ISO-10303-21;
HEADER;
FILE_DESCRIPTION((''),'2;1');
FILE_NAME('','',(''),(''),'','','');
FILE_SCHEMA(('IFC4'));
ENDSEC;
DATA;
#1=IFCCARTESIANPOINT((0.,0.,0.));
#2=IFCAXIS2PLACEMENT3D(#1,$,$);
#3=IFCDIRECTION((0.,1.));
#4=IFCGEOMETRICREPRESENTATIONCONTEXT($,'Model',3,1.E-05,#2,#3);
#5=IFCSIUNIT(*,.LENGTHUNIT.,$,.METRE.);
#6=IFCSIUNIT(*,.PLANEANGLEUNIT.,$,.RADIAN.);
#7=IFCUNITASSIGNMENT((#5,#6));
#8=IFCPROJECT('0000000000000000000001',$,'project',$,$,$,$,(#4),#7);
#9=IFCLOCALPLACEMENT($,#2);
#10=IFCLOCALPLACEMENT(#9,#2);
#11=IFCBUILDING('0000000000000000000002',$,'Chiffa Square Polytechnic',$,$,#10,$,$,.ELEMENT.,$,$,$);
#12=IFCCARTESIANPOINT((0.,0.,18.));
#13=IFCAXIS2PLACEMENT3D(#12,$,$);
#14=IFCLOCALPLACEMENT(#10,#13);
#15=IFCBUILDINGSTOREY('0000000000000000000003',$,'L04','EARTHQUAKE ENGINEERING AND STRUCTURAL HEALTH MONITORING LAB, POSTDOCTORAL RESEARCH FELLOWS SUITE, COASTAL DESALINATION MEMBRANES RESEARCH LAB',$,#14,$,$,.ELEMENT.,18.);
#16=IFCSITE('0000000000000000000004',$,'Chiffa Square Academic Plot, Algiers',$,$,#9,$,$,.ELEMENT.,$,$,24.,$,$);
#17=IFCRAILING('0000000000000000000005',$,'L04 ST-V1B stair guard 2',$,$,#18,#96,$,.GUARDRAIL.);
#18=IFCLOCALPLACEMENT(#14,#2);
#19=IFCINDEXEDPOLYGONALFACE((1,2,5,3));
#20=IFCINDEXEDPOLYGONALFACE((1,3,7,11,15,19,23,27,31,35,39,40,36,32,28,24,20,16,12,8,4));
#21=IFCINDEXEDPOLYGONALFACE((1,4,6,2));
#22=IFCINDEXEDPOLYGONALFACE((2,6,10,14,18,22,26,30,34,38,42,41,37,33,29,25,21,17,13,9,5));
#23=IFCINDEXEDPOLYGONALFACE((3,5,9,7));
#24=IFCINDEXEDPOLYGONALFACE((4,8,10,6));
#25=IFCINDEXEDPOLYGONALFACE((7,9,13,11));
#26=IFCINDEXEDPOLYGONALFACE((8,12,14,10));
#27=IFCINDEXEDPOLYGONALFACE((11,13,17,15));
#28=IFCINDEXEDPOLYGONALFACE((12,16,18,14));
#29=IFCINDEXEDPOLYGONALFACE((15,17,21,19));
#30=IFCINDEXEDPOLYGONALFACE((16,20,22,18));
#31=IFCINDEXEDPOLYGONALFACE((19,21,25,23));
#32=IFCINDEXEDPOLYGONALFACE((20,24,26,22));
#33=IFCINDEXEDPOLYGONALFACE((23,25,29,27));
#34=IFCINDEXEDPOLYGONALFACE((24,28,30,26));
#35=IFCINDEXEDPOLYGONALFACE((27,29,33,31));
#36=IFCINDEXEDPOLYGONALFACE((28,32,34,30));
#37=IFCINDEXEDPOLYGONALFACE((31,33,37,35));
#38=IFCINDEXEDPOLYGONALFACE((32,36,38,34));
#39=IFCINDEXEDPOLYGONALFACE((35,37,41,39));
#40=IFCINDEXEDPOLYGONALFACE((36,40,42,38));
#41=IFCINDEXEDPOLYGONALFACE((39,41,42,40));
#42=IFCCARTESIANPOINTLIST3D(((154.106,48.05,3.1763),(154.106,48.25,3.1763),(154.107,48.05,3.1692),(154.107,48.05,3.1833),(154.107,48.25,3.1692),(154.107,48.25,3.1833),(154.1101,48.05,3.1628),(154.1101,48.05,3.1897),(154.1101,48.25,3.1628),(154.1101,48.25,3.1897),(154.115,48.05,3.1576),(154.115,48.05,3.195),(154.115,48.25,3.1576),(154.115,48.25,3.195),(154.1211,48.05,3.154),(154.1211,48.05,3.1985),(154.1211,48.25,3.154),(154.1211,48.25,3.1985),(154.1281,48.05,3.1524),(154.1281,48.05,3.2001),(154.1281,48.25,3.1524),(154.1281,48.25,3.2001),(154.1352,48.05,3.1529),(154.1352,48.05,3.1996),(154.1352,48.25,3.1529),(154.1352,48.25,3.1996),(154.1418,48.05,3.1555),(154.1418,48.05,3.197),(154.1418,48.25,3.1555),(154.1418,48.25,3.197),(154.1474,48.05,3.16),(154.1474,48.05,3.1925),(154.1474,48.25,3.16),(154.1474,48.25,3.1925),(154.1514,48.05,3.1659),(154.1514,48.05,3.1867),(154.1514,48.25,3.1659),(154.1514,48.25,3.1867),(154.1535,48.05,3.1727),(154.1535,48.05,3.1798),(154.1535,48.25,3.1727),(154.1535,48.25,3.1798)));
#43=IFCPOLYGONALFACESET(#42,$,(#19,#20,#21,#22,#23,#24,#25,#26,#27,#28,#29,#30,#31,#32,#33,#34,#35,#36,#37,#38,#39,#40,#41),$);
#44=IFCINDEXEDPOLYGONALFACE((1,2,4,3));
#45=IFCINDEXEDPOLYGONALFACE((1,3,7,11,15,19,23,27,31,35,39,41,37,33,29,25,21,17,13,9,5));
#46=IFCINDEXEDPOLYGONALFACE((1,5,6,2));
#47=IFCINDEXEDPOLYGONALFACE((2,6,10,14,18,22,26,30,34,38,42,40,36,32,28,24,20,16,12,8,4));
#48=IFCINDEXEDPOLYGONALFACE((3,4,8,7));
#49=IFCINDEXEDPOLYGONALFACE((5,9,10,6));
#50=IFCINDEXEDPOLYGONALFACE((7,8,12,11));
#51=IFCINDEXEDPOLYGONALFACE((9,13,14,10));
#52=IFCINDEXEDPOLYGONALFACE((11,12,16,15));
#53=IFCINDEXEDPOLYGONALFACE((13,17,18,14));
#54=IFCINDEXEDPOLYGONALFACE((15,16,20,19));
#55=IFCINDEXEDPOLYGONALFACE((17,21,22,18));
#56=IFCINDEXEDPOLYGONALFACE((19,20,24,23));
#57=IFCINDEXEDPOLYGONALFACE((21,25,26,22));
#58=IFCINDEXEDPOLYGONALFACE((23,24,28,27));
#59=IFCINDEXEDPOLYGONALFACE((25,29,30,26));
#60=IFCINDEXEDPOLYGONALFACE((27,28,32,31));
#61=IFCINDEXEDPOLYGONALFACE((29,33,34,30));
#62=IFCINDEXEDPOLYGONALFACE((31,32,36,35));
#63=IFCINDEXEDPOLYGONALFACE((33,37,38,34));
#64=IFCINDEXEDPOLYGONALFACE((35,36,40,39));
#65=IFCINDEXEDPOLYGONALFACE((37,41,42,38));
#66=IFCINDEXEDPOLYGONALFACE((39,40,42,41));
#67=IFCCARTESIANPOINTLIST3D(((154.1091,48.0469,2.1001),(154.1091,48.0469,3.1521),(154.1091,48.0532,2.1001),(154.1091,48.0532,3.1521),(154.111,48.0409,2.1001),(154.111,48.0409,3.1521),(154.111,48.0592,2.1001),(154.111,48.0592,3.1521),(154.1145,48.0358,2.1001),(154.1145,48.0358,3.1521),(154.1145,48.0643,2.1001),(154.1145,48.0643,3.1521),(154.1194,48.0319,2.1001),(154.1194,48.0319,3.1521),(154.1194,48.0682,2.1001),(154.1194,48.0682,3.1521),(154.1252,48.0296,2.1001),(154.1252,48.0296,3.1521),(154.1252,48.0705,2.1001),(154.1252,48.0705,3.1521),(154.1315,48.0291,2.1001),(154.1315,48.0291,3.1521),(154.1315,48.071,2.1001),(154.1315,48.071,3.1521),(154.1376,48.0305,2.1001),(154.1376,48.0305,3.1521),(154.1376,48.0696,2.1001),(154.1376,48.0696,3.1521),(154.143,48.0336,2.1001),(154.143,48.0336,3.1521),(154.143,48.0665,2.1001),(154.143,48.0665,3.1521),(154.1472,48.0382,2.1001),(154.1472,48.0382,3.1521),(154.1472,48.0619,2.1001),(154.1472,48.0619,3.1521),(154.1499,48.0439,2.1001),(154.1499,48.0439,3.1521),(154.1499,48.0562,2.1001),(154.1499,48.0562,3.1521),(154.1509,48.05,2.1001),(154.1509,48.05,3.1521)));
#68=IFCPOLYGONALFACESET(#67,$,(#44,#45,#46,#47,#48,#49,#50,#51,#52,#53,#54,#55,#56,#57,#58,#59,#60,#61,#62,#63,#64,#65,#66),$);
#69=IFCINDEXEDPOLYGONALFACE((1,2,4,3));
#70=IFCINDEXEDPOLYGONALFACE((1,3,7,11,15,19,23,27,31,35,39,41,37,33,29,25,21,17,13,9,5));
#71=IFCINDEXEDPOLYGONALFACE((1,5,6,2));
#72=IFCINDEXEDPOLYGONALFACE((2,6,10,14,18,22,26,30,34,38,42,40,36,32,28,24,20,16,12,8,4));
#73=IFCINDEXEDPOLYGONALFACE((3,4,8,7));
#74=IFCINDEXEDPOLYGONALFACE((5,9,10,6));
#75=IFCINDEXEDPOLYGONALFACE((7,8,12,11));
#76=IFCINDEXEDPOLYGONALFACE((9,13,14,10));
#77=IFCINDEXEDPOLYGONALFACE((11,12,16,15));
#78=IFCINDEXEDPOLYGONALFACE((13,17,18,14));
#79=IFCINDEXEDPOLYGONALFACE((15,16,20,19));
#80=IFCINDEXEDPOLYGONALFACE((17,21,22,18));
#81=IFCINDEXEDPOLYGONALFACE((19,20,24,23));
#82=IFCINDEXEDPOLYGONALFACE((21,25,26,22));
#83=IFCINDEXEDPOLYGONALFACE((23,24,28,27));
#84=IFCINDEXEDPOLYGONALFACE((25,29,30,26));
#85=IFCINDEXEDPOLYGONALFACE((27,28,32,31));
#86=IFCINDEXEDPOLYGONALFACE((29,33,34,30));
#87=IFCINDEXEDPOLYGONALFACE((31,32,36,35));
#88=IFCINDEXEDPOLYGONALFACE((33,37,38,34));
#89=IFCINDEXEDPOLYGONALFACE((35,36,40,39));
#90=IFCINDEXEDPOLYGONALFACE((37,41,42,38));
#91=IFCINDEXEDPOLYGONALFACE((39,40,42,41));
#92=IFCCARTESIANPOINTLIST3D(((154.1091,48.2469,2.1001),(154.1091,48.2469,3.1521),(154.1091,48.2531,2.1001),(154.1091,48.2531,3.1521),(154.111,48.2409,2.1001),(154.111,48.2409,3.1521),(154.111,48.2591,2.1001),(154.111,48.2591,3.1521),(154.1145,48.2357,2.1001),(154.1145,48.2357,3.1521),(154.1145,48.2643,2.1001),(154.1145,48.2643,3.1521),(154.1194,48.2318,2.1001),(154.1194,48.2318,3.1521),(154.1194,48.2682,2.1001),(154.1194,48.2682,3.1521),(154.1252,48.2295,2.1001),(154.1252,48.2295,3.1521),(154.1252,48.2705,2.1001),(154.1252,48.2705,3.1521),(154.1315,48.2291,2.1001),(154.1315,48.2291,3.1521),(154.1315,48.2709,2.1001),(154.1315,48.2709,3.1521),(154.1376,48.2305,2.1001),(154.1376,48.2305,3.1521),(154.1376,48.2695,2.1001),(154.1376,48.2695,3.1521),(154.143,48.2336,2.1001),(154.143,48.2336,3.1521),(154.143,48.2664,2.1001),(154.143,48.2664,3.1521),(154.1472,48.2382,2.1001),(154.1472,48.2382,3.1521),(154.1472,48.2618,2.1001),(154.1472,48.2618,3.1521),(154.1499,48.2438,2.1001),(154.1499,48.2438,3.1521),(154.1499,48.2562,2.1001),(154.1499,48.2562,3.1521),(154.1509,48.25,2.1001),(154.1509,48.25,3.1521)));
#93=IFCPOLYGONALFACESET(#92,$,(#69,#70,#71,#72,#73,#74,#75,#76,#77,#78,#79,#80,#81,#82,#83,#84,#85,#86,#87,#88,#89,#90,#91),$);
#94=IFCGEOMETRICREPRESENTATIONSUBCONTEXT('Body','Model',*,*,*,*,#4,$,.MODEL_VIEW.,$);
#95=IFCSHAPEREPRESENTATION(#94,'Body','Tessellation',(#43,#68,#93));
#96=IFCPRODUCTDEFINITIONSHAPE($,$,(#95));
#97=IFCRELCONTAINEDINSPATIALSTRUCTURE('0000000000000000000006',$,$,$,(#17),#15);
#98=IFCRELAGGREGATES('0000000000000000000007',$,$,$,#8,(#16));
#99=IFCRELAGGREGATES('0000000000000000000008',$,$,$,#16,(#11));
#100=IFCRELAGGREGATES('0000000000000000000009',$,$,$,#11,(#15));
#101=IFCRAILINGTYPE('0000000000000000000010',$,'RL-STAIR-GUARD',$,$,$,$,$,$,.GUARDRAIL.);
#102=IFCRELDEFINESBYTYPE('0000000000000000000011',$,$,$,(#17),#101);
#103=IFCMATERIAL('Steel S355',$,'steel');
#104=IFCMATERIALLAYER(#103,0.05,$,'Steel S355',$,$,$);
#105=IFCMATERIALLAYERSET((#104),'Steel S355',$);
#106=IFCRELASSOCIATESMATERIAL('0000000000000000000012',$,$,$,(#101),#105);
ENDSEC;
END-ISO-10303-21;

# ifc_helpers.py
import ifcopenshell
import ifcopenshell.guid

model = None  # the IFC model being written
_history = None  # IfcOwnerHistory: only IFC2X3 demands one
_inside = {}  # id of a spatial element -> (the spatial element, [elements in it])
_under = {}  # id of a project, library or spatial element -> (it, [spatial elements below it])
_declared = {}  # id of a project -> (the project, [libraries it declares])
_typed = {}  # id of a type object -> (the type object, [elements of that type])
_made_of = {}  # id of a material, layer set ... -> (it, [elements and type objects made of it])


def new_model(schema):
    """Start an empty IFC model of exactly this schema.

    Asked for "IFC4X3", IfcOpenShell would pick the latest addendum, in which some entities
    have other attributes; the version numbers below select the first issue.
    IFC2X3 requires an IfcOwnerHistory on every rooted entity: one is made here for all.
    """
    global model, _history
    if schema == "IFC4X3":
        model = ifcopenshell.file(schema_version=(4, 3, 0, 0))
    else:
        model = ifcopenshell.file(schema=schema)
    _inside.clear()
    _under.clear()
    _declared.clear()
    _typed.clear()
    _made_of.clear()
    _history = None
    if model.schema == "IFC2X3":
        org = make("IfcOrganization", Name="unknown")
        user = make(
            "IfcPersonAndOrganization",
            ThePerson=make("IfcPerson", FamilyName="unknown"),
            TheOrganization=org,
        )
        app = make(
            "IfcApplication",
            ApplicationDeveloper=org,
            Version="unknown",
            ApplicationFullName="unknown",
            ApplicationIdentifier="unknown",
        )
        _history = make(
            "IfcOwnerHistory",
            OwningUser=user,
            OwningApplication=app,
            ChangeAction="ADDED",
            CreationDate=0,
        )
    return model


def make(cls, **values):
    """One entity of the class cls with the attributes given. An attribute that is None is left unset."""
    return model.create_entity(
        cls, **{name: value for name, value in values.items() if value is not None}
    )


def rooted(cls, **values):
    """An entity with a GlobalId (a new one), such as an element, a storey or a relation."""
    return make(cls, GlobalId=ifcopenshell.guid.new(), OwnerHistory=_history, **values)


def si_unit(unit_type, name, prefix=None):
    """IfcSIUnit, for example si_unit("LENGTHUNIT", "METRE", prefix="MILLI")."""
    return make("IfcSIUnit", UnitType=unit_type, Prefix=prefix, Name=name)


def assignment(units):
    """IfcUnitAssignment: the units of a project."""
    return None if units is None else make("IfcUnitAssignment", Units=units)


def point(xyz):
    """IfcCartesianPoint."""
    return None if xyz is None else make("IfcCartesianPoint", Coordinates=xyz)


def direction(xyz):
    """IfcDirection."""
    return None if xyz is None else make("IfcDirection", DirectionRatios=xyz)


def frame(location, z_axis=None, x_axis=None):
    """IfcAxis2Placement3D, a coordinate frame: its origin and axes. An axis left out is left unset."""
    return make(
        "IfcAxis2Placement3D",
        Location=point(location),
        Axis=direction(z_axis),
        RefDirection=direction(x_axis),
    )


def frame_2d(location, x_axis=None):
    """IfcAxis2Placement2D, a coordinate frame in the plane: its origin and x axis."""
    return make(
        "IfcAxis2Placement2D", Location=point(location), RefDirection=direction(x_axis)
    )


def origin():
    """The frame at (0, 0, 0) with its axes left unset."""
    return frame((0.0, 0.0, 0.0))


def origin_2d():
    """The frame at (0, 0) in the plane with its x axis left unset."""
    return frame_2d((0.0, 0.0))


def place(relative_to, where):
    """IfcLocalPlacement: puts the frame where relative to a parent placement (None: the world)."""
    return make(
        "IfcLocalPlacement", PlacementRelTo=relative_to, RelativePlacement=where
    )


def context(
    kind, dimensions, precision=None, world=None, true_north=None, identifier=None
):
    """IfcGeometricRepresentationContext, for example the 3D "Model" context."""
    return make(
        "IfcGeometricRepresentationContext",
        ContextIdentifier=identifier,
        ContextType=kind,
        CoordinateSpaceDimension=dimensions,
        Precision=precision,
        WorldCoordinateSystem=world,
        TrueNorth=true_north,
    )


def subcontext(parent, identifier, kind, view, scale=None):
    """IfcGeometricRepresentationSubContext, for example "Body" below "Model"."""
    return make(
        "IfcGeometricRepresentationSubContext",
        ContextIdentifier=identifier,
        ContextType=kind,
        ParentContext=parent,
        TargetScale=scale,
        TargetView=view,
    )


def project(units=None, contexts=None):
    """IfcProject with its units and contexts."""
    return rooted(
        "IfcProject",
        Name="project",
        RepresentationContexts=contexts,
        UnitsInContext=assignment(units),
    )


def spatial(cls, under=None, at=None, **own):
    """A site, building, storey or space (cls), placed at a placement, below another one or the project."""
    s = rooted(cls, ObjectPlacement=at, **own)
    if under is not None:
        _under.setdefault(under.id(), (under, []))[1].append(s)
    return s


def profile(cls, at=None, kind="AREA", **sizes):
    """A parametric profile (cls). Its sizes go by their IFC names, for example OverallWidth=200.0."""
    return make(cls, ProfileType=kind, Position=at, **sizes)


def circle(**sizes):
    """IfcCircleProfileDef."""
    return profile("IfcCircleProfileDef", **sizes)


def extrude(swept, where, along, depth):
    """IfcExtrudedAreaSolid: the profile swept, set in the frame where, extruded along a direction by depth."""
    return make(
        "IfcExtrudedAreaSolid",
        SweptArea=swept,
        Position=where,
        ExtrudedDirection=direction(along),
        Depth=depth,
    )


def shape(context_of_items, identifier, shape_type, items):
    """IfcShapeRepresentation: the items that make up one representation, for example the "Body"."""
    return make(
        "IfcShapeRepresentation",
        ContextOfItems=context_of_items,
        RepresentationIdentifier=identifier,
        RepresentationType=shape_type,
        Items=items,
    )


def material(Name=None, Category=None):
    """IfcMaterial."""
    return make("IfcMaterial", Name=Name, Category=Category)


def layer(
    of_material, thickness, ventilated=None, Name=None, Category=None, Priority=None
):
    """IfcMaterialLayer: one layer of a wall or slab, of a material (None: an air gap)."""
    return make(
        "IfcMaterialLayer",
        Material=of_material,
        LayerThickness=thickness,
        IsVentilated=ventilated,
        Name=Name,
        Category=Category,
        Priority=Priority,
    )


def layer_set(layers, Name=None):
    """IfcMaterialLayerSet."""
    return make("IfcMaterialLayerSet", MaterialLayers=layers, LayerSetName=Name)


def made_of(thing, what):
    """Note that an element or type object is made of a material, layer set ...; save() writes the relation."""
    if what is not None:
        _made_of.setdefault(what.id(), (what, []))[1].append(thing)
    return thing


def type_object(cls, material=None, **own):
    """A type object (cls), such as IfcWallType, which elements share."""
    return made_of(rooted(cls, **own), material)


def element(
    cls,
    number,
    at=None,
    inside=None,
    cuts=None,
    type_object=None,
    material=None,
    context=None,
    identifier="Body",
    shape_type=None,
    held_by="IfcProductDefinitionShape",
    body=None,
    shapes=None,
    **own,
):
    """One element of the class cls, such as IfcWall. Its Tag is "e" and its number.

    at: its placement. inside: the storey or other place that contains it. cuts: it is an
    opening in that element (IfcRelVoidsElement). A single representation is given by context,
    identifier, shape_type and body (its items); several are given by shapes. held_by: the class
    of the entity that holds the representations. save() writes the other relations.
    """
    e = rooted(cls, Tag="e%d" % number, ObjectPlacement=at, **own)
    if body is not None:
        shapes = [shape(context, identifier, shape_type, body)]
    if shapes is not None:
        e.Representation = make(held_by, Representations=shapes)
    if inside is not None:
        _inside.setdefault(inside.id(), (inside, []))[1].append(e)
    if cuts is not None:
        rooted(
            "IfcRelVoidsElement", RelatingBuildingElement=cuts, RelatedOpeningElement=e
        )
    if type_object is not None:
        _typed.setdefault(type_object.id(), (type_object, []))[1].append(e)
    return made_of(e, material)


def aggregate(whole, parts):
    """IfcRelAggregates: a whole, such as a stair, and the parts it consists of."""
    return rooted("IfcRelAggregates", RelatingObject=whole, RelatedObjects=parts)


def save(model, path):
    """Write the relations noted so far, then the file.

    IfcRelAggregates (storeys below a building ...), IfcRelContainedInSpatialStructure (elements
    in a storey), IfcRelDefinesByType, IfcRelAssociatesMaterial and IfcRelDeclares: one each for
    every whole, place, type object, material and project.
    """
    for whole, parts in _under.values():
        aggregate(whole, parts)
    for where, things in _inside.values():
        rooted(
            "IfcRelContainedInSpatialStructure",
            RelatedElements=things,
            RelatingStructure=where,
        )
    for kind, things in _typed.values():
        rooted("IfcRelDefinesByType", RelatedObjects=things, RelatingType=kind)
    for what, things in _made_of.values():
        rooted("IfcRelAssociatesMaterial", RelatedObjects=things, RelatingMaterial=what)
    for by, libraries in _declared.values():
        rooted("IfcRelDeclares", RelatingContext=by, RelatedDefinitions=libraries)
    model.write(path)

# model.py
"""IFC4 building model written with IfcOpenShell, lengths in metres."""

from ifc_helpers import new_model, si_unit, direction, frame, origin, origin_2d, place, context, subcontext, project, spatial, circle, extrude, material, layer, layer_set, type_object, element, save


model = new_model("IFC4")

# Units and contexts
model_context = context("Model", 3, precision=1e-05, world=origin(), true_north=direction((0.0, 1.0)))
body_context = subcontext(model_context, "Body", "Model", "MODEL_VIEW")
ifc_project = project(units=[si_unit("LENGTHUNIT", "METRE"), si_unit("PLANEANGLEUNIT", "RADIAN")], contexts=[model_context])

# Site, building, storey
site_placement = place(None, origin())
site = spatial("IfcSite", under=ifc_project, at=site_placement, Name="Chiffa Square Academic Plot, Algiers", CompositionType="ELEMENT", RefElevation=24.0)
building_placement = place(site_placement, origin())
building = spatial("IfcBuilding", under=site, at=building_placement, Name="Chiffa Square Polytechnic", CompositionType="ELEMENT")
storey_placement = place(building_placement, frame((0.0, 0.0, 18.0)))
storey = spatial("IfcBuildingStorey", under=building, at=storey_placement, Name="L04", Description="EARTHQUAKE ENGINEERING AND STRUCTURAL HEALTH MONITORING LAB, POSTDOCTORAL RESEARCH FELLOWS SUITE, COASTAL DESALINATION MEMBRANES RESEARCH LAB", CompositionType="ELEMENT", Elevation=18.0)

# Railing
ifc_material_1 = material(Name="Steel S355", Category="steel")
ifc_layer_1 = layer(ifc_material_1, 0.05, Name="Steel S355")
ifc_layer_set_1 = layer_set([ifc_layer_1], Name="Steel S355")
railing_type_1 = type_object("IfcRailingType", Name="RL-STAIR-GUARD", PredefinedType="GUARDRAIL", material=ifc_layer_set_1)
railing_1_placement = place(storey_placement, frame((154.1299, 48.05, 2.1001)))
element("IfcRailing", 1, at=railing_1_placement, inside=storey, type_object=railing_type_1, Name="L04 ST-V1B stair guard 2", PredefinedType="GUARDRAIL", context=body_context, shape_type="SweptSolid", body=[
    extrude(circle(Radius=0.0239, at=origin_2d()), frame((0.0, 0.0, 1.0762), z_axis=(0.0, 1.0, 0.0), x_axis=(-1.0, 0.0, 0.0)), (0.0, 0.0, 1.0), 0.2),
    extrude(circle(Radius=0.021, at=origin_2d()), origin(), (0.0, 0.0, 1.0), 1.052),
    extrude(circle(Radius=0.021, at=origin_2d()), frame((0.0, 0.2, 0.0)), (0.0, 0.0, 1.0), 1.052),
])

save(model, "model.ifc")
